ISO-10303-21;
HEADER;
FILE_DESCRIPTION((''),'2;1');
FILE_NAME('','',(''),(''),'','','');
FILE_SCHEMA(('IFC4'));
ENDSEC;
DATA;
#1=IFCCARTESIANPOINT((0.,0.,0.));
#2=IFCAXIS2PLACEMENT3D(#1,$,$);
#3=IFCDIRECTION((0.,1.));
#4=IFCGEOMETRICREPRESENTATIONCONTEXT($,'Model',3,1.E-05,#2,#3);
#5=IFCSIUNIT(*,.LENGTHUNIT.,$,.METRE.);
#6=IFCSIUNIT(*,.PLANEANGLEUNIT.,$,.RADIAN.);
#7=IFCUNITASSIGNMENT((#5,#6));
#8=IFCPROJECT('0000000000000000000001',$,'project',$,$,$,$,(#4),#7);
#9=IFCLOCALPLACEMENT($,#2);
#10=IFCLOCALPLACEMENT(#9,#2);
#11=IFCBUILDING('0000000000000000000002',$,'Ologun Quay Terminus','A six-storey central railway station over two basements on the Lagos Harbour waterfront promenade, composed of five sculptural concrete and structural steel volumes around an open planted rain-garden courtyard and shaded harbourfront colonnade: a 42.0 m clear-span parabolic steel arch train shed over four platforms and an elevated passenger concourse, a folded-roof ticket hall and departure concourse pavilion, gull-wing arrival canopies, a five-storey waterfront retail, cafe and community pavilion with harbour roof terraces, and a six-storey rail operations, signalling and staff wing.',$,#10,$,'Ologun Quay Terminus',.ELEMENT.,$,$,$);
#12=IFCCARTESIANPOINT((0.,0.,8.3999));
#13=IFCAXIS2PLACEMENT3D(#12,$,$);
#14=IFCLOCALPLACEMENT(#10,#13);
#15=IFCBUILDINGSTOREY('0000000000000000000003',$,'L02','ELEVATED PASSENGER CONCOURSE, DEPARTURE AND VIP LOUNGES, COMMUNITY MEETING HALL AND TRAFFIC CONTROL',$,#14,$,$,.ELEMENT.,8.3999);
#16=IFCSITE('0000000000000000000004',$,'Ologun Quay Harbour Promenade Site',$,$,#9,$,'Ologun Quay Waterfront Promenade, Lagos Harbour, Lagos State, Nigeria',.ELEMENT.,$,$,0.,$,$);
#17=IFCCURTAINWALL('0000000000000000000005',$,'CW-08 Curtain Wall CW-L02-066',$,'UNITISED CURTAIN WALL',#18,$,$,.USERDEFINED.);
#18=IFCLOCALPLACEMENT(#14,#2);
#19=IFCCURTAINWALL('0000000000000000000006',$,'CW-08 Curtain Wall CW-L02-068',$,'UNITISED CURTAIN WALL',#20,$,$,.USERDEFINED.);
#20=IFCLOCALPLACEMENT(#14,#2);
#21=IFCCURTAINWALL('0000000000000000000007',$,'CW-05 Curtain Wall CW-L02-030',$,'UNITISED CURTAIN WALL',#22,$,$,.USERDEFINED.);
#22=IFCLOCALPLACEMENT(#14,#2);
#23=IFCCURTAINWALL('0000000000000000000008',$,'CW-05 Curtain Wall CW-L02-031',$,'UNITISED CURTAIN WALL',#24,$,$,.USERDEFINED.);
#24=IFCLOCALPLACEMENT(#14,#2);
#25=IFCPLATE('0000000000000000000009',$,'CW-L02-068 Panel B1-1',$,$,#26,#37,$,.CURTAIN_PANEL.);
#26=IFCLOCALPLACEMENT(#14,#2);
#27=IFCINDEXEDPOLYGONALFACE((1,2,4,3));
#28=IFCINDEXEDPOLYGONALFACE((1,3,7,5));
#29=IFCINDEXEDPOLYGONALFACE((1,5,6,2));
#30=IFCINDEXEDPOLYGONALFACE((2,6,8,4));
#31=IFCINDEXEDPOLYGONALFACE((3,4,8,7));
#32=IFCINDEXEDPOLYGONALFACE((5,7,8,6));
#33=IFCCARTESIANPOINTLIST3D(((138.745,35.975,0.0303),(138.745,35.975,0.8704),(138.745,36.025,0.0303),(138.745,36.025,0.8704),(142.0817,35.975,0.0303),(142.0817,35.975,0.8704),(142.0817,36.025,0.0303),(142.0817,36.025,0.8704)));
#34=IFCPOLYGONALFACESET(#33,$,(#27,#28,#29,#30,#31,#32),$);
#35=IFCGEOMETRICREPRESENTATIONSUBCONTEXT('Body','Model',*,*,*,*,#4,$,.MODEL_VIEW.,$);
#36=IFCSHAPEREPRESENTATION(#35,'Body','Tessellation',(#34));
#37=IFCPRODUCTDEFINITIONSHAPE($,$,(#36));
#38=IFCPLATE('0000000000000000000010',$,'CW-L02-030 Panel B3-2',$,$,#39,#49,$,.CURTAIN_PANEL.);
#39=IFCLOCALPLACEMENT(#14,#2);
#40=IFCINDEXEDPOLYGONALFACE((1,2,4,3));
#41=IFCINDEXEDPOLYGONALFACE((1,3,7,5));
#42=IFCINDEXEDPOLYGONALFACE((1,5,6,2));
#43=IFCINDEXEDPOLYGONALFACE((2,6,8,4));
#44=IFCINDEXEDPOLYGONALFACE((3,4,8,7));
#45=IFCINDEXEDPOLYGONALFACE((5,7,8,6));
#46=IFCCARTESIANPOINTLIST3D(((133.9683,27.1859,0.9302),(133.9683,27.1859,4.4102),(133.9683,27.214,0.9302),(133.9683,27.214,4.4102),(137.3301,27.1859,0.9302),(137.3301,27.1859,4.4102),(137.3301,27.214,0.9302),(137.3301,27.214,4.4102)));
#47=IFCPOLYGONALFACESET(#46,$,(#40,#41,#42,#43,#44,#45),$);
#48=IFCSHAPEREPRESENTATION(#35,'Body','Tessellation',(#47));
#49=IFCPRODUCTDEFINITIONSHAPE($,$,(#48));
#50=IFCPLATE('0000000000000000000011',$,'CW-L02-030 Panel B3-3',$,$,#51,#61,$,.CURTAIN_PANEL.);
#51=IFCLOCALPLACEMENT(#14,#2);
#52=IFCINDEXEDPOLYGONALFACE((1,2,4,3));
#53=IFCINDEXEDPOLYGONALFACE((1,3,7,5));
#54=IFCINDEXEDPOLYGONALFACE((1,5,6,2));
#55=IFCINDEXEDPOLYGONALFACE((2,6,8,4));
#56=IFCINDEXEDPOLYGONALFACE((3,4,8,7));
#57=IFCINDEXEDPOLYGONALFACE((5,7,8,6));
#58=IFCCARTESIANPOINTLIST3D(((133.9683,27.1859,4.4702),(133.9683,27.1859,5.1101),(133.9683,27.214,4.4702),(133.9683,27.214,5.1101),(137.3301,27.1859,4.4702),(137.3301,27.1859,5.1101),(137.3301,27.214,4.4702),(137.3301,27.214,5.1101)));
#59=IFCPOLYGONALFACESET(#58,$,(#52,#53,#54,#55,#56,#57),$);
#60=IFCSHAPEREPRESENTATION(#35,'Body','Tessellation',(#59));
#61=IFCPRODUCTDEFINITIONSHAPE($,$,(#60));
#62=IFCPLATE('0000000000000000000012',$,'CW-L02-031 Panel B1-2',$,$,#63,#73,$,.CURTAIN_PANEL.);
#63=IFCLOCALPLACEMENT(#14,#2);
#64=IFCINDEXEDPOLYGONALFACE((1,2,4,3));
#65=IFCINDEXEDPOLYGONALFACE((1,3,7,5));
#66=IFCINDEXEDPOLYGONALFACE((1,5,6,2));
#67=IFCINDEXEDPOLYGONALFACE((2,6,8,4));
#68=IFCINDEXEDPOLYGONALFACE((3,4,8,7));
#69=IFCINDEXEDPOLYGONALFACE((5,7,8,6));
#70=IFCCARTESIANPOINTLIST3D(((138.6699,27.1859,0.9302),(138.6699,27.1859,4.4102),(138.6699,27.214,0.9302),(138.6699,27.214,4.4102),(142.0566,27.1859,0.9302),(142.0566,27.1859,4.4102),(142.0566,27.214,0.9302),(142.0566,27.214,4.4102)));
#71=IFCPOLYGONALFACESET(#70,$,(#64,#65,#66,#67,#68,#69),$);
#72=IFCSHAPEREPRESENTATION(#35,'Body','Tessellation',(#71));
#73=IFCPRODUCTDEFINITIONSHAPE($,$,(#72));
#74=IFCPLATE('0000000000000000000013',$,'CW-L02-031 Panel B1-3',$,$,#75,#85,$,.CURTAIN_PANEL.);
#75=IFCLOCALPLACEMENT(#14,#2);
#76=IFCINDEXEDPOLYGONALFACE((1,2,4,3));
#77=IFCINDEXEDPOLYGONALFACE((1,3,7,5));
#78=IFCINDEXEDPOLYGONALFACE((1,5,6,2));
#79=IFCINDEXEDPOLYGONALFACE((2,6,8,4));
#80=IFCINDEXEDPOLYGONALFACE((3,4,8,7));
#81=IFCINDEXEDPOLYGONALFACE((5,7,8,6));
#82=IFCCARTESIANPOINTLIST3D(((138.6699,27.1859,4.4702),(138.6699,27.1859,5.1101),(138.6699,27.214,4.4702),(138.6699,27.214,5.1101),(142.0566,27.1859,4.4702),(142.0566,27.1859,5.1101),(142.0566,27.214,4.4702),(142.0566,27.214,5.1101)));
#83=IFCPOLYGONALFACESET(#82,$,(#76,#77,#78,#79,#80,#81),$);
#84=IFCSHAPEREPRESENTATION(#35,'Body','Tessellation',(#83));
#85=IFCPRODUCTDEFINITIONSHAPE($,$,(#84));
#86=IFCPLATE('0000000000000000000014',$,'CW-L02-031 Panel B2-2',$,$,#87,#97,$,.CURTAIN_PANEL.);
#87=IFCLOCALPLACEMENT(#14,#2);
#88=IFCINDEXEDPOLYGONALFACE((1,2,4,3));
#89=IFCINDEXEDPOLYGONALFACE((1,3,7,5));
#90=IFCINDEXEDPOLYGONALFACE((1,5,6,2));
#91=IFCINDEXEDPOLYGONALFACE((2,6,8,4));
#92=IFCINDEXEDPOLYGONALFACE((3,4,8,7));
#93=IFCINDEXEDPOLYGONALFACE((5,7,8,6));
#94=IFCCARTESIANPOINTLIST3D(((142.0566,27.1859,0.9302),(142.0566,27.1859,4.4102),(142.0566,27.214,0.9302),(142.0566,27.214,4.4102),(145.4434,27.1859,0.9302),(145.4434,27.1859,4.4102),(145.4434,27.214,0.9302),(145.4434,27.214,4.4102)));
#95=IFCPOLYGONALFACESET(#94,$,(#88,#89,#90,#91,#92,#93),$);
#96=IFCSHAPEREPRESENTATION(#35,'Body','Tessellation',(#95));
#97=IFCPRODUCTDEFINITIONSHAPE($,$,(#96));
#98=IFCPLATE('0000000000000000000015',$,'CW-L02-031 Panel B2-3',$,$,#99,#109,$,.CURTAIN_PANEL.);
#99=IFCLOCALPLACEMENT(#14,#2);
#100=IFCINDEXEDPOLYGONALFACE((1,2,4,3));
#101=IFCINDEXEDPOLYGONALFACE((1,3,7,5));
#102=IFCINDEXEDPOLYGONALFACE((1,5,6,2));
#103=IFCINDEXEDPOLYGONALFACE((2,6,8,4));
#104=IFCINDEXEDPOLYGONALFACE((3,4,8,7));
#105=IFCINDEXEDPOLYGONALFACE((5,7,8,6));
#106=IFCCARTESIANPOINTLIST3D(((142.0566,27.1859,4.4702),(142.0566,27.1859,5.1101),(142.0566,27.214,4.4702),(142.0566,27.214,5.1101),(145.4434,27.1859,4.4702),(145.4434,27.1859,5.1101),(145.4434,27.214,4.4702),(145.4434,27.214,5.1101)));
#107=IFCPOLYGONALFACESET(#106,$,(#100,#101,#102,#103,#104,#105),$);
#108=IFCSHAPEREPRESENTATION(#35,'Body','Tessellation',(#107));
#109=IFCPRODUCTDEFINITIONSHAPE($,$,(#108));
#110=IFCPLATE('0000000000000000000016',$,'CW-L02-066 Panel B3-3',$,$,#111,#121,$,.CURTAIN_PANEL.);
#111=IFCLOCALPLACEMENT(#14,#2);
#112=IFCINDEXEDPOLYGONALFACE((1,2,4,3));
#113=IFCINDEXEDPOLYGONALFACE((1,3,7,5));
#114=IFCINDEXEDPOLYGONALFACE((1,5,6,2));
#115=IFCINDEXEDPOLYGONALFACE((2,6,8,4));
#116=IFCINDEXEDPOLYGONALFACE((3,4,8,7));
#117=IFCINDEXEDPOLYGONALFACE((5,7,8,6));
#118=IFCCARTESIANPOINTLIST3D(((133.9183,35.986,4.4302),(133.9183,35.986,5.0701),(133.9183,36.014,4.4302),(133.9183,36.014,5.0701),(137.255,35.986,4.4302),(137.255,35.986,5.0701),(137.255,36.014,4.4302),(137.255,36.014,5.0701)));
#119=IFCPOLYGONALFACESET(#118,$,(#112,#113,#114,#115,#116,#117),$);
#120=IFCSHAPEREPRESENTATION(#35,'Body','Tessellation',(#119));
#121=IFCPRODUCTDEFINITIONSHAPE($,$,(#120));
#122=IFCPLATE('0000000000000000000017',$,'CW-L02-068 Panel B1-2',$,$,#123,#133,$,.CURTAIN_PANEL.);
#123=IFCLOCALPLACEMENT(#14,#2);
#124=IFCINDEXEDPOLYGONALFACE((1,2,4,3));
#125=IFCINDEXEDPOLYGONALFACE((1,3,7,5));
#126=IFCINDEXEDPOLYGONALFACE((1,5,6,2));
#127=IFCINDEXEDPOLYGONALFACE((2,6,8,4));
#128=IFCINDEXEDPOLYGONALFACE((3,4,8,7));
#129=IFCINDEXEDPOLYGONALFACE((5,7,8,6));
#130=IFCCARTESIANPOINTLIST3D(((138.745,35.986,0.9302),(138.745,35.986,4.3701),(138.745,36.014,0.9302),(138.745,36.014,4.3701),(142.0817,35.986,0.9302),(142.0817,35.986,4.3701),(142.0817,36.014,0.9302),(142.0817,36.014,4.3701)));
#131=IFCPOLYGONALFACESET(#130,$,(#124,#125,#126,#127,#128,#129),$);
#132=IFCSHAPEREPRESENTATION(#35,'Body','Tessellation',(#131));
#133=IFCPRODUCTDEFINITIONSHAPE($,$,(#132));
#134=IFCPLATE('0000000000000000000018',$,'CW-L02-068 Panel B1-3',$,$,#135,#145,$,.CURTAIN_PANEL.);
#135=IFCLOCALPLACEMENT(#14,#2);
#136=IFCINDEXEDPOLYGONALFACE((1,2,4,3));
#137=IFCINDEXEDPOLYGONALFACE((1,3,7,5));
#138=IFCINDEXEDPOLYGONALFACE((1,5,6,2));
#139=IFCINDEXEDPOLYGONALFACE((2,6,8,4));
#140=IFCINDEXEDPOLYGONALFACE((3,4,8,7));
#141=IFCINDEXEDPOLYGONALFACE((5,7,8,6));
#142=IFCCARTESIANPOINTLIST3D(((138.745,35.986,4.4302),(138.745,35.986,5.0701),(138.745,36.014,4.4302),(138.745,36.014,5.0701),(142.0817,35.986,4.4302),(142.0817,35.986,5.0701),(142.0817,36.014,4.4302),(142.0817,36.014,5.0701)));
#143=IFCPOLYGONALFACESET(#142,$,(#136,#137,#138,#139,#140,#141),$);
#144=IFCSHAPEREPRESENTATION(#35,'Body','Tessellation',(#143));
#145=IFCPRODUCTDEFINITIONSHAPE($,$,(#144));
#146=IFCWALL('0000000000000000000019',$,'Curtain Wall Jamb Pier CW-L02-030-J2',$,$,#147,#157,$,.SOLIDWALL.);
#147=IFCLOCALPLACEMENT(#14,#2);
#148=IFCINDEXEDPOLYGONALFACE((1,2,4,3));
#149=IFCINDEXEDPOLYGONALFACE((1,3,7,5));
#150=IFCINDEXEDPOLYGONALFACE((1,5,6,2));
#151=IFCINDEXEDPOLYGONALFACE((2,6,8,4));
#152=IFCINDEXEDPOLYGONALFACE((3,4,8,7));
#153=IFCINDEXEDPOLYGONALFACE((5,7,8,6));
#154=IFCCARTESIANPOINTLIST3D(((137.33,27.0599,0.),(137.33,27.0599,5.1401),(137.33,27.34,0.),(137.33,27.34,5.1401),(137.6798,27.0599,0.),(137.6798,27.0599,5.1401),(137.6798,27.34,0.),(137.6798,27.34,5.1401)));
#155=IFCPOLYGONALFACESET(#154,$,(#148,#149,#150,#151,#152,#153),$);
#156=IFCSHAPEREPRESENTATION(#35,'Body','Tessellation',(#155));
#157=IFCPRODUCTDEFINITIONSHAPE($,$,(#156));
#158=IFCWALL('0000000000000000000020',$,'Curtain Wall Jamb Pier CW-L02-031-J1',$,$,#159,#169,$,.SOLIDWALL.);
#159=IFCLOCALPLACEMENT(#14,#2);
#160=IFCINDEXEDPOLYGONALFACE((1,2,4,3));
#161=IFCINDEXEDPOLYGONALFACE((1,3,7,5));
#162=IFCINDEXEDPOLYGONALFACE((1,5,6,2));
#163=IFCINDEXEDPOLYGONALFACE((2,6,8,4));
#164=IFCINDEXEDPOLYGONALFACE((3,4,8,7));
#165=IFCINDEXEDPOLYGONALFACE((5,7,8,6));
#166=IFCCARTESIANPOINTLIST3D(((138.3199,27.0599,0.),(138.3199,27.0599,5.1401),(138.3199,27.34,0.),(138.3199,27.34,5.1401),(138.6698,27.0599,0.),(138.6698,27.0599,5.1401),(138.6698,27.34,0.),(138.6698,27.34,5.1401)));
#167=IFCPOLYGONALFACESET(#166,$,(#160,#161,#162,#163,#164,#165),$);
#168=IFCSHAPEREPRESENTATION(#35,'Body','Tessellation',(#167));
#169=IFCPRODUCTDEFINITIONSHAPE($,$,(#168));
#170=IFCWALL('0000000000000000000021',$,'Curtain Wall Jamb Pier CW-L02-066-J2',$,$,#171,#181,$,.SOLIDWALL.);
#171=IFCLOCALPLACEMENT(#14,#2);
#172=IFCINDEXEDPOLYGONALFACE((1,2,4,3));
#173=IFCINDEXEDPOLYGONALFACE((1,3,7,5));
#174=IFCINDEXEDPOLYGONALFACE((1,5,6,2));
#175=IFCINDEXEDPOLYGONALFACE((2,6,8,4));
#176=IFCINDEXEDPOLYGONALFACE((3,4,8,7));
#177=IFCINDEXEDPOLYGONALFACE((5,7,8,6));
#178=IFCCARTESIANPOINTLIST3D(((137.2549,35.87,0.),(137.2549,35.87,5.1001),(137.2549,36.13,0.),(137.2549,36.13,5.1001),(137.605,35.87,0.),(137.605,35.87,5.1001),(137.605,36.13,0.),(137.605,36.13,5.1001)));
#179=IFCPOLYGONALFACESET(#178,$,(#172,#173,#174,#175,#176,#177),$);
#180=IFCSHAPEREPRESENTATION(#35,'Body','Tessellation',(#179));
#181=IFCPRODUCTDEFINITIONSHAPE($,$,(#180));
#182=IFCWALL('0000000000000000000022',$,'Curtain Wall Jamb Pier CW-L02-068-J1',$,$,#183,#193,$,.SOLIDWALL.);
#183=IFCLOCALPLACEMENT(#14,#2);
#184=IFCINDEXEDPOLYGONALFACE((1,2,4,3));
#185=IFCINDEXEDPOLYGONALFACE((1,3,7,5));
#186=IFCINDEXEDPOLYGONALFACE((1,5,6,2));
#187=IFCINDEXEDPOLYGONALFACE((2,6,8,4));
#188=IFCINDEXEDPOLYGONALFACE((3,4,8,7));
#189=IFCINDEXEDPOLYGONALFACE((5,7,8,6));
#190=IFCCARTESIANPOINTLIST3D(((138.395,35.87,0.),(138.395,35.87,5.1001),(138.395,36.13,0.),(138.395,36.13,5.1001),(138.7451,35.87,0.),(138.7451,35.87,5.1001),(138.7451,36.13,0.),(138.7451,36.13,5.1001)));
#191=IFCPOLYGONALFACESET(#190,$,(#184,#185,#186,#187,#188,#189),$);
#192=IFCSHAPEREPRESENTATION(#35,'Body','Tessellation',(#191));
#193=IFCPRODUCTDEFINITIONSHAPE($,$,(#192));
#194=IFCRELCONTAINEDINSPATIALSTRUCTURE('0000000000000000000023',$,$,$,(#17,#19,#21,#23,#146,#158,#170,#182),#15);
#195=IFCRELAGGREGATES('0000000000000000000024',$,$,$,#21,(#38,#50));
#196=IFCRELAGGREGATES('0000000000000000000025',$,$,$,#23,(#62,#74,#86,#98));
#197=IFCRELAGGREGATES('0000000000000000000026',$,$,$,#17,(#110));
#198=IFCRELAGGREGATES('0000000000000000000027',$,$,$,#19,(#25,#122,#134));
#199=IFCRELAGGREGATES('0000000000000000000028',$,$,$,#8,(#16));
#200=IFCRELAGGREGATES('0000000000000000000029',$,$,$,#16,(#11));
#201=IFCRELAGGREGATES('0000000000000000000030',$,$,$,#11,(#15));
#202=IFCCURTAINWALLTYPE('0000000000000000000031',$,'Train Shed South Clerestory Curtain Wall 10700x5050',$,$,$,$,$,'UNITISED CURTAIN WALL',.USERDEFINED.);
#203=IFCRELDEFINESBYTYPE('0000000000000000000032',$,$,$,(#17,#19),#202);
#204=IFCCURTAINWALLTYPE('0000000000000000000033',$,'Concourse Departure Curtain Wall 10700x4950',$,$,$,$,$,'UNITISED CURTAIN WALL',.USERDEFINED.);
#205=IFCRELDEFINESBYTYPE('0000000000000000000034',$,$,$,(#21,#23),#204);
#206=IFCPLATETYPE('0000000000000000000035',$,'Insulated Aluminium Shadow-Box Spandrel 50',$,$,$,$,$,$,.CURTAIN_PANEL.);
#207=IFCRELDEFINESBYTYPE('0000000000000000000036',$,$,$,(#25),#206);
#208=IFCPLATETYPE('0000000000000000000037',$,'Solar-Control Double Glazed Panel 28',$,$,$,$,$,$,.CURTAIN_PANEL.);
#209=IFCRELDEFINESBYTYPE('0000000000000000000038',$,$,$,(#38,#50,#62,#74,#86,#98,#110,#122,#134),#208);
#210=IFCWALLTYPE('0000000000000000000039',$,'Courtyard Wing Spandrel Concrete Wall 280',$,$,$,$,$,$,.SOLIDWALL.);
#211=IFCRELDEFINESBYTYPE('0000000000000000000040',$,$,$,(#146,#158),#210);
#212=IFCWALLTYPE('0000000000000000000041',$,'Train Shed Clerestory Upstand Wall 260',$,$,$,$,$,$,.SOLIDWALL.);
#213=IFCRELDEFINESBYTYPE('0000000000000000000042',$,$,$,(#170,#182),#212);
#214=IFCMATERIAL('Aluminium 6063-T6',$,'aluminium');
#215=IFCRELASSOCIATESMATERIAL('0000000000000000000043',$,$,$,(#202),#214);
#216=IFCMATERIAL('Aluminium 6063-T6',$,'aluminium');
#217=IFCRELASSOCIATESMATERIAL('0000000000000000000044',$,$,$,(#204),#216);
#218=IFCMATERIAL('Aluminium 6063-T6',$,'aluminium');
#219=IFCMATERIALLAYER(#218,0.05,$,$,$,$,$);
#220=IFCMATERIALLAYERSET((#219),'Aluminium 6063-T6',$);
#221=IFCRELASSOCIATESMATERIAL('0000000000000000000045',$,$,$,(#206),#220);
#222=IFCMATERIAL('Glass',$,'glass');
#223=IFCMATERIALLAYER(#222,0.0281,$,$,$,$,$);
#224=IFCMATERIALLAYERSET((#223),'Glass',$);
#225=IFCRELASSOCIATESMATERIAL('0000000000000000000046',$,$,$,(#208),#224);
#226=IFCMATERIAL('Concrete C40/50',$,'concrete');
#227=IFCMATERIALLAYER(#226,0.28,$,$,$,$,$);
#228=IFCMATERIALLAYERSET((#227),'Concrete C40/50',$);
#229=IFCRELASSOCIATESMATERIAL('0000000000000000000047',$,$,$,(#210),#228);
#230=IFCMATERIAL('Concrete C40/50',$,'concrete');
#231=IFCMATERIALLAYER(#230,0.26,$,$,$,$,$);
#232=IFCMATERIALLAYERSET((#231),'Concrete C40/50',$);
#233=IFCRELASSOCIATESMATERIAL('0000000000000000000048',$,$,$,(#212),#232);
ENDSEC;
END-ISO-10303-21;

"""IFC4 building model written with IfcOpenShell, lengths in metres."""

from ifc_helpers import new_model, si_unit, direction, frame, frame_2d, origin, origin_2d, place, context, subcontext, project, spatial, rectangle, extrude, material, layer, layer_set, type_object, element, aggregate, save


model = new_model("IFC4")

# Units and contexts
model_context = context("Model", 3, precision=1e-05, world=origin(), true_north=direction((0.0, 1.0)))
body_context = subcontext(model_context, "Body", "Model", "MODEL_VIEW")
ifc_project = project(units=[si_unit("LENGTHUNIT", "METRE"), si_unit("PLANEANGLEUNIT", "RADIAN")], contexts=[model_context])

# Site, building, storey
site_placement = place(None, origin())
site = spatial("IfcSite", under=ifc_project, at=site_placement, Name="Ologun Quay Harbour Promenade Site", LongName="Ologun Quay Waterfront Promenade, Lagos Harbour, Lagos State, Nigeria", CompositionType="ELEMENT", RefElevation=0.0)
building_placement = place(site_placement, origin())
building = spatial("IfcBuilding", under=site, at=building_placement, Name="Ologun Quay Terminus", Description="A six-storey central railway station over two basements on the Lagos Harbour waterfront promenade, composed of five sculptural concrete and structural steel volumes around an open planted rain-garden courtyard and shaded harbourfront colonnade: a 42.0 m clear-span parabolic steel arch train shed over four platforms and an elevated passenger concourse, a folded-roof ticket hall and departure concourse pavilion, gull-wing arrival canopies, a five-storey waterfront retail, cafe and community pavilion with harbour roof terraces, and a six-storey rail operations, signalling and staff wing.", LongName="Ologun Quay Terminus", CompositionType="ELEMENT")
storey_placement = place(building_placement, frame((0.0, 0.0, 8.3999)))
storey = spatial("IfcBuildingStorey", under=building, at=storey_placement, Name="L02", Description="ELEVATED PASSENGER CONCOURSE, DEPARTURE AND VIP LOUNGES, COMMUNITY MEETING HALL AND TRAFFIC CONTROL", CompositionType="ELEMENT", Elevation=8.3999)

# Curtain wall
ifc_material_1 = material(Name="Aluminium 6063-T6", Category="aluminium")
curtain_wall_type_1 = type_object("IfcCurtainWallType", Name="Train Shed South Clerestory Curtain Wall 10700x5050", ElementType="UNITISED CURTAIN WALL", PredefinedType="USERDEFINED", material=ifc_material_1)
curtain_wall_1_placement = place(storey_placement, origin())
curtain_wall_1 = element("IfcCurtainWall", 1, at=curtain_wall_1_placement, inside=storey, type_object=curtain_wall_type_1, Name="CW-08 Curtain Wall CW-L02-066", ObjectType="UNITISED CURTAIN WALL", PredefinedType="USERDEFINED")

# Curtain wall
curtain_wall_2_placement = place(storey_placement, origin())
curtain_wall_2 = element("IfcCurtainWall", 2, at=curtain_wall_2_placement, inside=storey, type_object=curtain_wall_type_1, Name="CW-08 Curtain Wall CW-L02-068", ObjectType="UNITISED CURTAIN WALL", PredefinedType="USERDEFINED")

# Curtain wall
ifc_material_2 = material(Name="Aluminium 6063-T6", Category="aluminium")
curtain_wall_type_2 = type_object("IfcCurtainWallType", Name="Concourse Departure Curtain Wall 10700x4950", ElementType="UNITISED CURTAIN WALL", PredefinedType="USERDEFINED", material=ifc_material_2)
curtain_wall_3_placement = place(storey_placement, origin())
curtain_wall_3 = element("IfcCurtainWall", 3, at=curtain_wall_3_placement, inside=storey, type_object=curtain_wall_type_2, Name="CW-05 Curtain Wall CW-L02-030", ObjectType="UNITISED CURTAIN WALL", PredefinedType="USERDEFINED")

# Curtain wall
curtain_wall_4_placement = place(storey_placement, origin())
curtain_wall_4 = element("IfcCurtainWall", 4, at=curtain_wall_4_placement, inside=storey, type_object=curtain_wall_type_2, Name="CW-05 Curtain Wall CW-L02-031", ObjectType="UNITISED CURTAIN WALL", PredefinedType="USERDEFINED")

# Plates
ifc_material_3 = material(Name="Aluminium 6063-T6", Category="aluminium")
ifc_layer_1 = layer(ifc_material_3, 0.05)
ifc_layer_set_1 = layer_set([ifc_layer_1], Name="Aluminium 6063-T6")
plate_type_1 = type_object("IfcPlateType", Name="Insulated Aluminium Shadow-Box Spandrel 50", PredefinedType="CURTAIN_PANEL", material=ifc_layer_set_1)
plate_1_placement = place(storey_placement, frame((140.4133, 36.0, 0.0303), z_axis=(0.0, 0.0, 1.0), x_axis=(1.0, 0.0, 0.0)))
plate_1 = element("IfcPlate", 5, at=plate_1_placement, type_object=plate_type_1, Name="CW-L02-068 Panel B1-1", PredefinedType="CURTAIN_PANEL", context=body_context, shape_type="SweptSolid", body=[
    extrude(rectangle(XDim=3.3367, YDim=0.05, at=origin_2d()), origin(), (0.0, 0.0, 1.0), 0.8401),
])
ifc_material_4 = material(Name="Glass", Category="glass")
ifc_layer_2 = layer(ifc_material_4, 0.0281)
ifc_layer_set_2 = layer_set([ifc_layer_2], Name="Glass")
plate_type_2 = type_object("IfcPlateType", Name="Solar-Control Double Glazed Panel 28", PredefinedType="CURTAIN_PANEL", material=ifc_layer_set_2)
plate_2_placement = place(storey_placement, frame((135.6492, 27.2, 0.9302), z_axis=(0.0, 0.0, 1.0), x_axis=(1.0, 0.0, 0.0)))
plate_2 = element("IfcPlate", 6, at=plate_2_placement, type_object=plate_type_2, Name="CW-L02-030 Panel B3-2", PredefinedType="CURTAIN_PANEL", context=body_context, shape_type="SweptSolid", body=[
    extrude(rectangle(XDim=3.3618, YDim=0.0281, at=origin_2d()), origin(), (0.0, 0.0, 1.0), 3.48),
])
plate_3_placement = place(storey_placement, frame((135.6492, 27.2, 4.4702), z_axis=(0.0, 0.0, 1.0), x_axis=(1.0, 0.0, 0.0)))
plate_3 = element("IfcPlate", 7, at=plate_3_placement, type_object=plate_type_2, Name="CW-L02-030 Panel B3-3", PredefinedType="CURTAIN_PANEL", context=body_context, shape_type="SweptSolid", body=[
    extrude(rectangle(XDim=3.3618, YDim=0.0281, at=origin_2d()), origin(), (0.0, 0.0, 1.0), 0.6399),
])
aggregate(curtain_wall_3, [plate_2, plate_3])
plate_4_placement = place(storey_placement, frame((140.3633, 27.2, 0.9302), z_axis=(0.0, 0.0, 1.0), x_axis=(1.0, 0.0, 0.0)))
plate_4 = element("IfcPlate", 8, at=plate_4_placement, type_object=plate_type_2, Name="CW-L02-031 Panel B1-2", PredefinedType="CURTAIN_PANEL", context=body_context, shape_type="SweptSolid", body=[
    extrude(rectangle(XDim=3.3867, YDim=0.0281, at=origin_2d()), origin(), (0.0, 0.0, 1.0), 3.48),
])
plate_5_placement = place(storey_placement, frame((140.3633, 27.2, 4.4702), z_axis=(0.0, 0.0, 1.0), x_axis=(1.0, 0.0, 0.0)))
plate_5 = element("IfcPlate", 9, at=plate_5_placement, type_object=plate_type_2, Name="CW-L02-031 Panel B1-3", PredefinedType="CURTAIN_PANEL", context=body_context, shape_type="SweptSolid", body=[
    extrude(rectangle(XDim=3.3867, YDim=0.0281, at=origin_2d()), origin(), (0.0, 0.0, 1.0), 0.6399),
])
plate_6_placement = place(storey_placement, frame((143.75, 27.2, 0.9302), z_axis=(0.0, 0.0, 1.0), x_axis=(1.0, 0.0, 0.0)))
plate_6 = element("IfcPlate", 10, at=plate_6_placement, type_object=plate_type_2, Name="CW-L02-031 Panel B2-2", PredefinedType="CURTAIN_PANEL", context=body_context, shape_type="SweptSolid", body=[
    extrude(rectangle(XDim=3.3867, YDim=0.0281, at=origin_2d()), origin(), (0.0, 0.0, 1.0), 3.48),
])
plate_7_placement = place(storey_placement, frame((143.75, 27.2, 4.4702), z_axis=(0.0, 0.0, 1.0), x_axis=(1.0, 0.0, 0.0)))
plate_7 = element("IfcPlate", 11, at=plate_7_placement, type_object=plate_type_2, Name="CW-L02-031 Panel B2-3", PredefinedType="CURTAIN_PANEL", context=body_context, shape_type="SweptSolid", body=[
    extrude(rectangle(XDim=3.3867, YDim=0.0281, at=origin_2d()), origin(), (0.0, 0.0, 1.0), 0.6399),
])
aggregate(curtain_wall_4, [plate_4, plate_5, plate_6, plate_7])
plate_8_placement = place(storey_placement, frame((135.5867, 36.0, 4.4302), z_axis=(0.0, 0.0, 1.0), x_axis=(1.0, 0.0, 0.0)))
plate_8 = element("IfcPlate", 12, at=plate_8_placement, type_object=plate_type_2, Name="CW-L02-066 Panel B3-3", PredefinedType="CURTAIN_PANEL", context=body_context, shape_type="SweptSolid", body=[
    extrude(rectangle(XDim=3.3367, YDim=0.0281, at=origin_2d()), origin(), (0.0, 0.0, 1.0), 0.6399),
])
aggregate(curtain_wall_1, [plate_8])
plate_9_placement = place(storey_placement, frame((140.4133, 36.0, 0.9302), z_axis=(0.0, 0.0, 1.0), x_axis=(1.0, 0.0, 0.0)))
plate_9 = element("IfcPlate", 13, at=plate_9_placement, type_object=plate_type_2, Name="CW-L02-068 Panel B1-2", PredefinedType="CURTAIN_PANEL", context=body_context, shape_type="SweptSolid", body=[
    extrude(rectangle(XDim=3.3367, YDim=0.0281, at=origin_2d()), origin(), (0.0, 0.0, 1.0), 3.4399),
])
plate_10_placement = place(storey_placement, frame((140.4133, 36.0, 4.4302), z_axis=(0.0, 0.0, 1.0), x_axis=(1.0, 0.0, 0.0)))
plate_10 = element("IfcPlate", 14, at=plate_10_placement, type_object=plate_type_2, Name="CW-L02-068 Panel B1-3", PredefinedType="CURTAIN_PANEL", context=body_context, shape_type="SweptSolid", body=[
    extrude(rectangle(XDim=3.3367, YDim=0.0281, at=origin_2d()), origin(), (0.0, 0.0, 1.0), 0.6399),
])
aggregate(curtain_wall_2, [plate_1, plate_9, plate_10])

# Walls
ifc_material_5 = material(Name="Concrete C40/50", Category="concrete")
ifc_layer_3 = layer(ifc_material_5, 0.28)
ifc_layer_set_3 = layer_set([ifc_layer_3], Name="Concrete C40/50")
wall_type_1 = type_object("IfcWallType", Name="Courtyard Wing Spandrel Concrete Wall 280", PredefinedType="SOLIDWALL", material=ifc_layer_set_3)
for number, where, z_axis, x_axis, name in (
    (15, (137.3301, 27.2, 0.0), (0.0, 0.0, 1.0), (1.0, 0.0, 0.0), "Curtain Wall Jamb Pier CW-L02-030-J2"),
    (16, (138.3201, 27.2, 0.0), (0.0, 0.0, 1.0), (1.0, 0.0, 0.0), "Curtain Wall Jamb Pier CW-L02-031-J1"),
):
    element("IfcWall", number, at=place(storey_placement, frame(where, z_axis=z_axis, x_axis=x_axis)), inside=storey, type_object=wall_type_1, Name=name, PredefinedType="SOLIDWALL", context=body_context, shape_type="SweptSolid", body=[
        extrude(rectangle(XDim=0.3499, YDim=0.28, at=frame_2d((0.1748, 0.0))), origin(), (0.0, 0.0, 1.0), 5.1401),
    ])
ifc_material_6 = material(Name="Concrete C40/50", Category="concrete")
ifc_layer_4 = layer(ifc_material_6, 0.26)
ifc_layer_set_4 = layer_set([ifc_layer_4], Name="Concrete C40/50")
wall_type_2 = type_object("IfcWallType", Name="Train Shed Clerestory Upstand Wall 260", PredefinedType="SOLIDWALL", material=ifc_layer_set_4)
for number, where, z_axis, x_axis, name in (
    (17, (137.2549, 36.0, 0.0), (0.0, 0.0, 1.0), (1.0, 0.0, 0.0), "Curtain Wall Jamb Pier CW-L02-066-J2"),
    (18, (138.395, 36.0, 0.0), (0.0, 0.0, 1.0), (1.0, 0.0, 0.0), "Curtain Wall Jamb Pier CW-L02-068-J1"),
):
    element("IfcWall", number, at=place(storey_placement, frame(where, z_axis=z_axis, x_axis=x_axis)), inside=storey, type_object=wall_type_2, Name=name, PredefinedType="SOLIDWALL", context=body_context, shape_type="SweptSolid", body=[
        extrude(rectangle(XDim=0.3501, YDim=0.26, at=frame_2d((0.175, 0.0))), origin(), (0.0, 0.0, 1.0), 5.1001),
    ])

save(model, "model.ifc")
